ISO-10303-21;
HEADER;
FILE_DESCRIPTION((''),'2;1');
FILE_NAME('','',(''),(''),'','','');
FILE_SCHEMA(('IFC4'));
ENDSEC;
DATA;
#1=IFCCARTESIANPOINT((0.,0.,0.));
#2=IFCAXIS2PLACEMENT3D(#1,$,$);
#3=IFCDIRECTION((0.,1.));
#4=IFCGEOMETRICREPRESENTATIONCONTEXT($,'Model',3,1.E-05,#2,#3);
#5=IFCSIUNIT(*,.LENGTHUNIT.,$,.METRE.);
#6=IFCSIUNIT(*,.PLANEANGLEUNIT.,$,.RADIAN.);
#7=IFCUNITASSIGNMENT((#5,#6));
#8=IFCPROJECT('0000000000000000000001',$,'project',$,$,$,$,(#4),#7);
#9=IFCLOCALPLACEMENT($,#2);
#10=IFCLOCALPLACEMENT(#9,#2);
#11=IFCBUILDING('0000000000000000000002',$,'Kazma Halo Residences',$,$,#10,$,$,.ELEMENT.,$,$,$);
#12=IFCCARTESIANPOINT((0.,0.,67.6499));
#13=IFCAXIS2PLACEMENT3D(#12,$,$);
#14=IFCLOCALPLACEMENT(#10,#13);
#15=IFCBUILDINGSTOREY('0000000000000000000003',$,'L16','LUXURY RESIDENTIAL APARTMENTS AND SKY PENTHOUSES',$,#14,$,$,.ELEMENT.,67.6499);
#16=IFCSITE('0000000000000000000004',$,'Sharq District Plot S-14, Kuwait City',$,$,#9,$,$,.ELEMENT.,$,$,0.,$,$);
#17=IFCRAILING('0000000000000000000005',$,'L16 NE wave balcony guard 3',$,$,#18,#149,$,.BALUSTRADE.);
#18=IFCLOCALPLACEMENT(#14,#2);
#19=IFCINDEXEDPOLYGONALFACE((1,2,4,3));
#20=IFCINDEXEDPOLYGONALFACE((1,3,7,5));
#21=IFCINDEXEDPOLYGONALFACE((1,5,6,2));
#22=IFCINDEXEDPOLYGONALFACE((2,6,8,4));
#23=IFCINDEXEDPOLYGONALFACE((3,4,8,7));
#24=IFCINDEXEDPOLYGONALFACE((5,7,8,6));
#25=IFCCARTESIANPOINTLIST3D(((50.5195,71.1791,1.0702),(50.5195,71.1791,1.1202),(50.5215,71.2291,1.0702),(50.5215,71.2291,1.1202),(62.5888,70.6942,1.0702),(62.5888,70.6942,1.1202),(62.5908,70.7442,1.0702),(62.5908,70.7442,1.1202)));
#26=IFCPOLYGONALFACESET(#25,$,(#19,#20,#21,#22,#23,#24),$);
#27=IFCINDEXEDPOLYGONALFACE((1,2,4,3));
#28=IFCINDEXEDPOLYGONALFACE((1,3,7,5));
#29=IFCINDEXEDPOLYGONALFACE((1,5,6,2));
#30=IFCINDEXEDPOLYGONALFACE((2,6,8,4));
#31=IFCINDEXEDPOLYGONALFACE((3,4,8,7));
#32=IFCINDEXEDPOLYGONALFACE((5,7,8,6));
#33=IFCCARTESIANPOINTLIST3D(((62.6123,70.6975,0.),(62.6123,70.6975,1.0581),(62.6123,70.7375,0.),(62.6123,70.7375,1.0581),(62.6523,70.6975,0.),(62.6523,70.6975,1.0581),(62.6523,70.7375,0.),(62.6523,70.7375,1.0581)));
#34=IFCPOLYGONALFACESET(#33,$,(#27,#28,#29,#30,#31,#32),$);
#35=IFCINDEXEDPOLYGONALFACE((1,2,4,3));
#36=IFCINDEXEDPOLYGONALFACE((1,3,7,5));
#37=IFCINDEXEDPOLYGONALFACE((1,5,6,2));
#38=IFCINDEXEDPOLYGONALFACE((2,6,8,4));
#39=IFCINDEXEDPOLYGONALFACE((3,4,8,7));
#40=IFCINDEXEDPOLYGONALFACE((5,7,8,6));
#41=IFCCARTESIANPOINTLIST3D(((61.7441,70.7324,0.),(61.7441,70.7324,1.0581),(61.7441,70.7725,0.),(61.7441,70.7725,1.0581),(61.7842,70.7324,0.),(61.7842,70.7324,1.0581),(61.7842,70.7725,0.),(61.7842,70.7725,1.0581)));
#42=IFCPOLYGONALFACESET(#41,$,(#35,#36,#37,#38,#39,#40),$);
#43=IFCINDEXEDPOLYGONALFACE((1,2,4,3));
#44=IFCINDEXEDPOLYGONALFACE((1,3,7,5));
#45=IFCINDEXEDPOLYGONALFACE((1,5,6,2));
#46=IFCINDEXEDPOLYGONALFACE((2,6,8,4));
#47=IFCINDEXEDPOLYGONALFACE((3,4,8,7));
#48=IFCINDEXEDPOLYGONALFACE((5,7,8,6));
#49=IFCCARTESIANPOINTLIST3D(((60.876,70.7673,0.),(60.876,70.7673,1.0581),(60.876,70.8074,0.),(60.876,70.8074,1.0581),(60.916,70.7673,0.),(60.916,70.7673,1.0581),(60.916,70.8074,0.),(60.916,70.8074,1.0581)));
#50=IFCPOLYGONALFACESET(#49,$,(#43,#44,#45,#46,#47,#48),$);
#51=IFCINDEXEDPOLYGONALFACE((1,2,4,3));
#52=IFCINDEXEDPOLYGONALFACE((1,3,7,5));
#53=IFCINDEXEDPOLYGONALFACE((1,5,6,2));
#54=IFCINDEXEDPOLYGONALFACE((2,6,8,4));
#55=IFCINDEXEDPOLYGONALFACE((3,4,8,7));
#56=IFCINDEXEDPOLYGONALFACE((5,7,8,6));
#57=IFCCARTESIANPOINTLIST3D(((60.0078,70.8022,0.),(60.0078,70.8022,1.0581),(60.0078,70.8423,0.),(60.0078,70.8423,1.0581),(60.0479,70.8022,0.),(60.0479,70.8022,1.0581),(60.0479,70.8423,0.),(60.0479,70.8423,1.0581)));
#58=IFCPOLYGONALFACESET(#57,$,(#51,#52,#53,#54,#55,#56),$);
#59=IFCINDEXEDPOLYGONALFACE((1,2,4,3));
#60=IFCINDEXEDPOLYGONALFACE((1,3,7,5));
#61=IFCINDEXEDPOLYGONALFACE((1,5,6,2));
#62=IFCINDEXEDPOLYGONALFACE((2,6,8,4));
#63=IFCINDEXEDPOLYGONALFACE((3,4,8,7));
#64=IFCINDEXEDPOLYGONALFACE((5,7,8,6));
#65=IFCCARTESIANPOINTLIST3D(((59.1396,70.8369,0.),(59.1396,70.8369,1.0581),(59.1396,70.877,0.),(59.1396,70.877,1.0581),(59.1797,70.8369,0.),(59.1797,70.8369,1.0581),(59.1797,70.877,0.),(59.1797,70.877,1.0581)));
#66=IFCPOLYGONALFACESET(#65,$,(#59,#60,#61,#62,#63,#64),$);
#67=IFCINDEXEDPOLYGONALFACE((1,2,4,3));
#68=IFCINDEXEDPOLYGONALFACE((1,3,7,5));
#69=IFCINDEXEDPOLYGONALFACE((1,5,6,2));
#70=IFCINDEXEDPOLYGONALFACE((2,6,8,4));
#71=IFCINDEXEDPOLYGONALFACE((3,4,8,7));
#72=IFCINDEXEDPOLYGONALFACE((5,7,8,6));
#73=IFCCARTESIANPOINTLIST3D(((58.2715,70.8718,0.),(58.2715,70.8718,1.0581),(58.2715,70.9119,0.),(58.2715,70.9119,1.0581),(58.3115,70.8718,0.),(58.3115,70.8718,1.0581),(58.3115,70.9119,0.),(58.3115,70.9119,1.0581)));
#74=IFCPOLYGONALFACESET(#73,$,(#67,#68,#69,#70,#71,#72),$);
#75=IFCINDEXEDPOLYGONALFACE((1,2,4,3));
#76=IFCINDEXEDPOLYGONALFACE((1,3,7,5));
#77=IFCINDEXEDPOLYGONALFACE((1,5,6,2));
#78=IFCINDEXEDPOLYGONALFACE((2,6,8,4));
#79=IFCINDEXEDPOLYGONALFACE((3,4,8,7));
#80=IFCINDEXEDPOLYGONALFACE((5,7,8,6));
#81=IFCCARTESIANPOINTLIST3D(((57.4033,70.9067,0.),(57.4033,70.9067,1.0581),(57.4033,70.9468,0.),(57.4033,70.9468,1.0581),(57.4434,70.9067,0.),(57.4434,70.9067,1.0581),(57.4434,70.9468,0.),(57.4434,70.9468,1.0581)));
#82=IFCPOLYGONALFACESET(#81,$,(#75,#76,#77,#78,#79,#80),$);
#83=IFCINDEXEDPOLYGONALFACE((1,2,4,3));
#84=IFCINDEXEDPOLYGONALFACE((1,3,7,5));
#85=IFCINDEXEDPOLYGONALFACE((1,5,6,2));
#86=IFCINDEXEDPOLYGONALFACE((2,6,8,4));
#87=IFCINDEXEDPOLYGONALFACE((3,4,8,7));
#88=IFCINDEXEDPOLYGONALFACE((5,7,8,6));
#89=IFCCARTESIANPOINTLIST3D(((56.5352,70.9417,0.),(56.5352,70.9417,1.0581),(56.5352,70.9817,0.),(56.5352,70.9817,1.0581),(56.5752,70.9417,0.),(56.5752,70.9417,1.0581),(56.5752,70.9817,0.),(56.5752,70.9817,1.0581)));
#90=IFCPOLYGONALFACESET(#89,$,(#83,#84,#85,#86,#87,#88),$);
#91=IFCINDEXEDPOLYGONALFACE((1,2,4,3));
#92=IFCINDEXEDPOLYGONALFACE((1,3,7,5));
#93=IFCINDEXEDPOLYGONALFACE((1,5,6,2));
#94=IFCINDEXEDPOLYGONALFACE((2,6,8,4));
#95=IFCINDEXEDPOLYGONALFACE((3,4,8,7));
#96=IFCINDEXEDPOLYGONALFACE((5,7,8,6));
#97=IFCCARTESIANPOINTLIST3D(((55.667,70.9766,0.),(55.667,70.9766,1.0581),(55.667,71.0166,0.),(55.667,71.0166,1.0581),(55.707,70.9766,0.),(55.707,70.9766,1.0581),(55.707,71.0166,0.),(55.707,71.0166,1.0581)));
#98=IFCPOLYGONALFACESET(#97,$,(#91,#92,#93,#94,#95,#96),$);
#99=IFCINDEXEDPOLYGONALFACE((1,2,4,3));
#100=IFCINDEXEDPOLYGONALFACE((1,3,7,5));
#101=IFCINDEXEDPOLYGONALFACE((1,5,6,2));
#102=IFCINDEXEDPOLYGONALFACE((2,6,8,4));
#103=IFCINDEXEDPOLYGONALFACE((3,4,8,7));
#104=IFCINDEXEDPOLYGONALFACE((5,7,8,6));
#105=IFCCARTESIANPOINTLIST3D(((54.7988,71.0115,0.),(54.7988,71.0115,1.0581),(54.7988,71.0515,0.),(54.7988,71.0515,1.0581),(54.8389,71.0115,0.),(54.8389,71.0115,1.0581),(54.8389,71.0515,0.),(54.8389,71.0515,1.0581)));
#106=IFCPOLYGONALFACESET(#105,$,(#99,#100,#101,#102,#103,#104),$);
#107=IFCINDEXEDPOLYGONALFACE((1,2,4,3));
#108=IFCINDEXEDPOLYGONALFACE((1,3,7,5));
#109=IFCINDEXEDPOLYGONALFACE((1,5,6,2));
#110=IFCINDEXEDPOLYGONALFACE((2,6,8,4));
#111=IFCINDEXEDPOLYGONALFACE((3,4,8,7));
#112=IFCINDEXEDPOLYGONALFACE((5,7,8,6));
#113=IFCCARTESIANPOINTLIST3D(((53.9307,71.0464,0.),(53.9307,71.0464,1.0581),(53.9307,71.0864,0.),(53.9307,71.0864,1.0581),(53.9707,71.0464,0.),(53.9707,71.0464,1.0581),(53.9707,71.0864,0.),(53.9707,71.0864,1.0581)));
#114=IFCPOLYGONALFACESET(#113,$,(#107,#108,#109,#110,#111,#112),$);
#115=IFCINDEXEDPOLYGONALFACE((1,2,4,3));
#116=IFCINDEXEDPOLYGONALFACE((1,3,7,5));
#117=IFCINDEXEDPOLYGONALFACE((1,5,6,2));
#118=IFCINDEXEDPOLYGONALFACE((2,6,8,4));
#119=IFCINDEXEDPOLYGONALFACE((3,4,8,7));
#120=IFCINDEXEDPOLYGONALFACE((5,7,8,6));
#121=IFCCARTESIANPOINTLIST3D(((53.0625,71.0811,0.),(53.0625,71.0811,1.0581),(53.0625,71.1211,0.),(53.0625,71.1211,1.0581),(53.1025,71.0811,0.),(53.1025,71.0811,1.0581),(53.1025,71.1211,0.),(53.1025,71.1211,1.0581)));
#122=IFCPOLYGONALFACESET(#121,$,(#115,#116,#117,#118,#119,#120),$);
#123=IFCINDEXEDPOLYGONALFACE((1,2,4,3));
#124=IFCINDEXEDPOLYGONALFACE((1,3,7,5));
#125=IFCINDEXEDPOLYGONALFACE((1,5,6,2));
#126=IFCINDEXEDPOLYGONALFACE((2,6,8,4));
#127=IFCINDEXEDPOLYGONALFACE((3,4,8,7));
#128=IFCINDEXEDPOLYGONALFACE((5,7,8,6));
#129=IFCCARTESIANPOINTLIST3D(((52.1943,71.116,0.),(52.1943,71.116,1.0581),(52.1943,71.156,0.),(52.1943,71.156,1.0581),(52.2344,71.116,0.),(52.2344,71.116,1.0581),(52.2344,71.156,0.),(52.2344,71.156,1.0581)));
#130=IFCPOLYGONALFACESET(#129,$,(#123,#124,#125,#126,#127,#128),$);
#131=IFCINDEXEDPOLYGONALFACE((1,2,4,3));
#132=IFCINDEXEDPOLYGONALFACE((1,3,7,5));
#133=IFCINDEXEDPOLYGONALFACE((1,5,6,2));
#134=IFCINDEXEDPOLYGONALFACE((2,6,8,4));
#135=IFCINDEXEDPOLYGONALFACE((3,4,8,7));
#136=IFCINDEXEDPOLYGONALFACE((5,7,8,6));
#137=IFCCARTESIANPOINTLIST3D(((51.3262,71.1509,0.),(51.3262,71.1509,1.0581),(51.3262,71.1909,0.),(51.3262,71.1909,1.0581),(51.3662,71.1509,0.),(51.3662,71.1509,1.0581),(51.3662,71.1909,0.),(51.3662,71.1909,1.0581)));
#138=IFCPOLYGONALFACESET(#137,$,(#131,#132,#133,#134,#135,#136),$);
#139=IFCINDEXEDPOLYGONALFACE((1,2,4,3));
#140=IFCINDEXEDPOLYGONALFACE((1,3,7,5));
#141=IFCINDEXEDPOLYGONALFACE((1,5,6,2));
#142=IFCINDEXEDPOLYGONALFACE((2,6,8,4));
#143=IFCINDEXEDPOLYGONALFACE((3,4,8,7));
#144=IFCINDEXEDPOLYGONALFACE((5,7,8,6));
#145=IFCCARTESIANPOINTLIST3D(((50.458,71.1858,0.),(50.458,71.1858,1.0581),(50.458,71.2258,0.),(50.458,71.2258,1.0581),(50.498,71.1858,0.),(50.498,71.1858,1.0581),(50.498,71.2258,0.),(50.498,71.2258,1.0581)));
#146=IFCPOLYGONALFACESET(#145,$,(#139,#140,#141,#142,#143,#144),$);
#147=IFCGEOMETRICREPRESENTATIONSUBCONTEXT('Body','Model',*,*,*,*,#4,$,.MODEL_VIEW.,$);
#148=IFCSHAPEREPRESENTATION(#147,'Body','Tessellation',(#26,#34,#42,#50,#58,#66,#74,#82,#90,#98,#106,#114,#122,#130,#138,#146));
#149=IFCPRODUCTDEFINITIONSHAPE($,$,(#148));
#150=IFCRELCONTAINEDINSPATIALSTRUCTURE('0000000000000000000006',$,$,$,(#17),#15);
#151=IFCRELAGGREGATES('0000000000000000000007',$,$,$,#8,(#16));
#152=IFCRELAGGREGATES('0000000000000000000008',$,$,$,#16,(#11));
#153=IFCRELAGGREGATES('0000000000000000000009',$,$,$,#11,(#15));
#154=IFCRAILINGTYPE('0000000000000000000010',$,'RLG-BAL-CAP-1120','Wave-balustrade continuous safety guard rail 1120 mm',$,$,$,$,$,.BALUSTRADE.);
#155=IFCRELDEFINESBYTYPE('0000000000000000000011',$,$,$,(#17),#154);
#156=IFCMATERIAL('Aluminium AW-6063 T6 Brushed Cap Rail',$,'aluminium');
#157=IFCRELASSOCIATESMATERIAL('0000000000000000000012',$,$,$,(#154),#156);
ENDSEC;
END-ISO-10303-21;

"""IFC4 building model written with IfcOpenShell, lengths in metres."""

from ifc_helpers import new_model, si_unit, direction, frame, origin, origin_2d, place, context, subcontext, project, spatial, rectangle, extrude, material, type_object, element, save


model = new_model("IFC4")

# Units and contexts
model_context = context("Model", 3, precision=1e-05, world=origin(), true_north=direction((0.0, 1.0)))
body_context = subcontext(model_context, "Body", "Model", "MODEL_VIEW")
ifc_project = project(units=[si_unit("LENGTHUNIT", "METRE"), si_unit("PLANEANGLEUNIT", "RADIAN")], contexts=[model_context])

# Site, building, storey
site_placement = place(None, origin())
site = spatial("IfcSite", under=ifc_project, at=site_placement, Name="Sharq District Plot S-14, Kuwait City", CompositionType="ELEMENT", RefElevation=0.0)
building_placement = place(site_placement, origin())
building = spatial("IfcBuilding", under=site, at=building_placement, Name="Kazma Halo Residences", CompositionType="ELEMENT")
storey_placement = place(building_placement, frame((0.0, 0.0, 67.6499)))
storey = spatial("IfcBuildingStorey", under=building, at=storey_placement, Name="L16", Description="LUXURY RESIDENTIAL APARTMENTS AND SKY PENTHOUSES", CompositionType="ELEMENT", Elevation=67.6499)

# Railing
ifc_material_1 = material(Name="Aluminium AW-6063 T6 Brushed Cap Rail", Category="aluminium")
railing_type = type_object("IfcRailingType", Name="RLG-BAL-CAP-1120", Description="Wave-balustrade continuous safety guard rail 1120 mm", PredefinedType="BALUSTRADE", material=ifc_material_1)
railing_1_placement = place(storey_placement, frame((62.6323, 70.7175, 0.0)))
element("IfcRailing", 1, at=railing_1_placement, inside=storey, type_object=railing_type, Name="L16 NE wave balcony guard 3", PredefinedType="BALUSTRADE", context=body_context, shape_type="SweptSolid", body=[
    extrude(rectangle(XDim=0.05, YDim=0.05, at=origin_2d()), frame((-0.0425, 0.0017, 1.0952), z_axis=(-0.999194, 0.040141, 0.0), x_axis=(-0.040141, -0.999194, 0.0)), (0.0, 0.0, 1.0), 12.0791),
    extrude(rectangle(XDim=0.04, YDim=0.04, at=origin_2d()), origin(), (0.0, 0.0, 1.0), 1.0581),
    extrude(rectangle(XDim=0.04, YDim=0.04, at=origin_2d()), frame((-0.8682, 0.0349, 0.0)), (0.0, 0.0, 1.0), 1.0581),
    extrude(rectangle(XDim=0.04, YDim=0.04, at=origin_2d()), frame((-1.7363, 0.0698, 0.0)), (0.0, 0.0, 1.0), 1.0581),
    extrude(rectangle(XDim=0.04, YDim=0.04, at=origin_2d()), frame((-2.6045, 0.1047, 0.0)), (0.0, 0.0, 1.0), 1.0581),
    extrude(rectangle(XDim=0.04, YDim=0.04, at=origin_2d()), frame((-3.4727, 0.1394, 0.0)), (0.0, 0.0, 1.0), 1.0581),
    extrude(rectangle(XDim=0.04, YDim=0.04, at=origin_2d()), frame((-4.3408, 0.1743, 0.0)), (0.0, 0.0, 1.0), 1.0581),
    extrude(rectangle(XDim=0.04, YDim=0.04, at=origin_2d()), frame((-5.209, 0.2092, 0.0)), (0.0, 0.0, 1.0), 1.0581),
    extrude(rectangle(XDim=0.04, YDim=0.04, at=origin_2d()), frame((-6.0771, 0.2441, 0.0)), (0.0, 0.0, 1.0), 1.0581),
    extrude(rectangle(XDim=0.04, YDim=0.04, at=origin_2d()), frame((-6.9453, 0.2791, 0.0)), (0.0, 0.0, 1.0), 1.0581),
    extrude(rectangle(XDim=0.04, YDim=0.04, at=origin_2d()), frame((-7.8135, 0.314, 0.0)), (0.0, 0.0, 1.0), 1.0581),
    extrude(rectangle(XDim=0.04, YDim=0.04, at=origin_2d()), frame((-8.6816, 0.3489, 0.0)), (0.0, 0.0, 1.0), 1.0581),
    extrude(rectangle(XDim=0.04, YDim=0.04, at=origin_2d()), frame((-9.5498, 0.3835, 0.0)), (0.0, 0.0, 1.0), 1.0581),
    extrude(rectangle(XDim=0.04, YDim=0.04, at=origin_2d()), frame((-10.418, 0.4185, 0.0)), (0.0, 0.0, 1.0), 1.0581),
    extrude(rectangle(XDim=0.04, YDim=0.04, at=origin_2d()), frame((-11.2861, 0.4534, 0.0)), (0.0, 0.0, 1.0), 1.0581),
    extrude(rectangle(XDim=0.04, YDim=0.04, at=origin_2d()), frame((-12.1543, 0.4883, 0.0)), (0.0, 0.0, 1.0), 1.0581),
])

save(model, "model.ifc")
